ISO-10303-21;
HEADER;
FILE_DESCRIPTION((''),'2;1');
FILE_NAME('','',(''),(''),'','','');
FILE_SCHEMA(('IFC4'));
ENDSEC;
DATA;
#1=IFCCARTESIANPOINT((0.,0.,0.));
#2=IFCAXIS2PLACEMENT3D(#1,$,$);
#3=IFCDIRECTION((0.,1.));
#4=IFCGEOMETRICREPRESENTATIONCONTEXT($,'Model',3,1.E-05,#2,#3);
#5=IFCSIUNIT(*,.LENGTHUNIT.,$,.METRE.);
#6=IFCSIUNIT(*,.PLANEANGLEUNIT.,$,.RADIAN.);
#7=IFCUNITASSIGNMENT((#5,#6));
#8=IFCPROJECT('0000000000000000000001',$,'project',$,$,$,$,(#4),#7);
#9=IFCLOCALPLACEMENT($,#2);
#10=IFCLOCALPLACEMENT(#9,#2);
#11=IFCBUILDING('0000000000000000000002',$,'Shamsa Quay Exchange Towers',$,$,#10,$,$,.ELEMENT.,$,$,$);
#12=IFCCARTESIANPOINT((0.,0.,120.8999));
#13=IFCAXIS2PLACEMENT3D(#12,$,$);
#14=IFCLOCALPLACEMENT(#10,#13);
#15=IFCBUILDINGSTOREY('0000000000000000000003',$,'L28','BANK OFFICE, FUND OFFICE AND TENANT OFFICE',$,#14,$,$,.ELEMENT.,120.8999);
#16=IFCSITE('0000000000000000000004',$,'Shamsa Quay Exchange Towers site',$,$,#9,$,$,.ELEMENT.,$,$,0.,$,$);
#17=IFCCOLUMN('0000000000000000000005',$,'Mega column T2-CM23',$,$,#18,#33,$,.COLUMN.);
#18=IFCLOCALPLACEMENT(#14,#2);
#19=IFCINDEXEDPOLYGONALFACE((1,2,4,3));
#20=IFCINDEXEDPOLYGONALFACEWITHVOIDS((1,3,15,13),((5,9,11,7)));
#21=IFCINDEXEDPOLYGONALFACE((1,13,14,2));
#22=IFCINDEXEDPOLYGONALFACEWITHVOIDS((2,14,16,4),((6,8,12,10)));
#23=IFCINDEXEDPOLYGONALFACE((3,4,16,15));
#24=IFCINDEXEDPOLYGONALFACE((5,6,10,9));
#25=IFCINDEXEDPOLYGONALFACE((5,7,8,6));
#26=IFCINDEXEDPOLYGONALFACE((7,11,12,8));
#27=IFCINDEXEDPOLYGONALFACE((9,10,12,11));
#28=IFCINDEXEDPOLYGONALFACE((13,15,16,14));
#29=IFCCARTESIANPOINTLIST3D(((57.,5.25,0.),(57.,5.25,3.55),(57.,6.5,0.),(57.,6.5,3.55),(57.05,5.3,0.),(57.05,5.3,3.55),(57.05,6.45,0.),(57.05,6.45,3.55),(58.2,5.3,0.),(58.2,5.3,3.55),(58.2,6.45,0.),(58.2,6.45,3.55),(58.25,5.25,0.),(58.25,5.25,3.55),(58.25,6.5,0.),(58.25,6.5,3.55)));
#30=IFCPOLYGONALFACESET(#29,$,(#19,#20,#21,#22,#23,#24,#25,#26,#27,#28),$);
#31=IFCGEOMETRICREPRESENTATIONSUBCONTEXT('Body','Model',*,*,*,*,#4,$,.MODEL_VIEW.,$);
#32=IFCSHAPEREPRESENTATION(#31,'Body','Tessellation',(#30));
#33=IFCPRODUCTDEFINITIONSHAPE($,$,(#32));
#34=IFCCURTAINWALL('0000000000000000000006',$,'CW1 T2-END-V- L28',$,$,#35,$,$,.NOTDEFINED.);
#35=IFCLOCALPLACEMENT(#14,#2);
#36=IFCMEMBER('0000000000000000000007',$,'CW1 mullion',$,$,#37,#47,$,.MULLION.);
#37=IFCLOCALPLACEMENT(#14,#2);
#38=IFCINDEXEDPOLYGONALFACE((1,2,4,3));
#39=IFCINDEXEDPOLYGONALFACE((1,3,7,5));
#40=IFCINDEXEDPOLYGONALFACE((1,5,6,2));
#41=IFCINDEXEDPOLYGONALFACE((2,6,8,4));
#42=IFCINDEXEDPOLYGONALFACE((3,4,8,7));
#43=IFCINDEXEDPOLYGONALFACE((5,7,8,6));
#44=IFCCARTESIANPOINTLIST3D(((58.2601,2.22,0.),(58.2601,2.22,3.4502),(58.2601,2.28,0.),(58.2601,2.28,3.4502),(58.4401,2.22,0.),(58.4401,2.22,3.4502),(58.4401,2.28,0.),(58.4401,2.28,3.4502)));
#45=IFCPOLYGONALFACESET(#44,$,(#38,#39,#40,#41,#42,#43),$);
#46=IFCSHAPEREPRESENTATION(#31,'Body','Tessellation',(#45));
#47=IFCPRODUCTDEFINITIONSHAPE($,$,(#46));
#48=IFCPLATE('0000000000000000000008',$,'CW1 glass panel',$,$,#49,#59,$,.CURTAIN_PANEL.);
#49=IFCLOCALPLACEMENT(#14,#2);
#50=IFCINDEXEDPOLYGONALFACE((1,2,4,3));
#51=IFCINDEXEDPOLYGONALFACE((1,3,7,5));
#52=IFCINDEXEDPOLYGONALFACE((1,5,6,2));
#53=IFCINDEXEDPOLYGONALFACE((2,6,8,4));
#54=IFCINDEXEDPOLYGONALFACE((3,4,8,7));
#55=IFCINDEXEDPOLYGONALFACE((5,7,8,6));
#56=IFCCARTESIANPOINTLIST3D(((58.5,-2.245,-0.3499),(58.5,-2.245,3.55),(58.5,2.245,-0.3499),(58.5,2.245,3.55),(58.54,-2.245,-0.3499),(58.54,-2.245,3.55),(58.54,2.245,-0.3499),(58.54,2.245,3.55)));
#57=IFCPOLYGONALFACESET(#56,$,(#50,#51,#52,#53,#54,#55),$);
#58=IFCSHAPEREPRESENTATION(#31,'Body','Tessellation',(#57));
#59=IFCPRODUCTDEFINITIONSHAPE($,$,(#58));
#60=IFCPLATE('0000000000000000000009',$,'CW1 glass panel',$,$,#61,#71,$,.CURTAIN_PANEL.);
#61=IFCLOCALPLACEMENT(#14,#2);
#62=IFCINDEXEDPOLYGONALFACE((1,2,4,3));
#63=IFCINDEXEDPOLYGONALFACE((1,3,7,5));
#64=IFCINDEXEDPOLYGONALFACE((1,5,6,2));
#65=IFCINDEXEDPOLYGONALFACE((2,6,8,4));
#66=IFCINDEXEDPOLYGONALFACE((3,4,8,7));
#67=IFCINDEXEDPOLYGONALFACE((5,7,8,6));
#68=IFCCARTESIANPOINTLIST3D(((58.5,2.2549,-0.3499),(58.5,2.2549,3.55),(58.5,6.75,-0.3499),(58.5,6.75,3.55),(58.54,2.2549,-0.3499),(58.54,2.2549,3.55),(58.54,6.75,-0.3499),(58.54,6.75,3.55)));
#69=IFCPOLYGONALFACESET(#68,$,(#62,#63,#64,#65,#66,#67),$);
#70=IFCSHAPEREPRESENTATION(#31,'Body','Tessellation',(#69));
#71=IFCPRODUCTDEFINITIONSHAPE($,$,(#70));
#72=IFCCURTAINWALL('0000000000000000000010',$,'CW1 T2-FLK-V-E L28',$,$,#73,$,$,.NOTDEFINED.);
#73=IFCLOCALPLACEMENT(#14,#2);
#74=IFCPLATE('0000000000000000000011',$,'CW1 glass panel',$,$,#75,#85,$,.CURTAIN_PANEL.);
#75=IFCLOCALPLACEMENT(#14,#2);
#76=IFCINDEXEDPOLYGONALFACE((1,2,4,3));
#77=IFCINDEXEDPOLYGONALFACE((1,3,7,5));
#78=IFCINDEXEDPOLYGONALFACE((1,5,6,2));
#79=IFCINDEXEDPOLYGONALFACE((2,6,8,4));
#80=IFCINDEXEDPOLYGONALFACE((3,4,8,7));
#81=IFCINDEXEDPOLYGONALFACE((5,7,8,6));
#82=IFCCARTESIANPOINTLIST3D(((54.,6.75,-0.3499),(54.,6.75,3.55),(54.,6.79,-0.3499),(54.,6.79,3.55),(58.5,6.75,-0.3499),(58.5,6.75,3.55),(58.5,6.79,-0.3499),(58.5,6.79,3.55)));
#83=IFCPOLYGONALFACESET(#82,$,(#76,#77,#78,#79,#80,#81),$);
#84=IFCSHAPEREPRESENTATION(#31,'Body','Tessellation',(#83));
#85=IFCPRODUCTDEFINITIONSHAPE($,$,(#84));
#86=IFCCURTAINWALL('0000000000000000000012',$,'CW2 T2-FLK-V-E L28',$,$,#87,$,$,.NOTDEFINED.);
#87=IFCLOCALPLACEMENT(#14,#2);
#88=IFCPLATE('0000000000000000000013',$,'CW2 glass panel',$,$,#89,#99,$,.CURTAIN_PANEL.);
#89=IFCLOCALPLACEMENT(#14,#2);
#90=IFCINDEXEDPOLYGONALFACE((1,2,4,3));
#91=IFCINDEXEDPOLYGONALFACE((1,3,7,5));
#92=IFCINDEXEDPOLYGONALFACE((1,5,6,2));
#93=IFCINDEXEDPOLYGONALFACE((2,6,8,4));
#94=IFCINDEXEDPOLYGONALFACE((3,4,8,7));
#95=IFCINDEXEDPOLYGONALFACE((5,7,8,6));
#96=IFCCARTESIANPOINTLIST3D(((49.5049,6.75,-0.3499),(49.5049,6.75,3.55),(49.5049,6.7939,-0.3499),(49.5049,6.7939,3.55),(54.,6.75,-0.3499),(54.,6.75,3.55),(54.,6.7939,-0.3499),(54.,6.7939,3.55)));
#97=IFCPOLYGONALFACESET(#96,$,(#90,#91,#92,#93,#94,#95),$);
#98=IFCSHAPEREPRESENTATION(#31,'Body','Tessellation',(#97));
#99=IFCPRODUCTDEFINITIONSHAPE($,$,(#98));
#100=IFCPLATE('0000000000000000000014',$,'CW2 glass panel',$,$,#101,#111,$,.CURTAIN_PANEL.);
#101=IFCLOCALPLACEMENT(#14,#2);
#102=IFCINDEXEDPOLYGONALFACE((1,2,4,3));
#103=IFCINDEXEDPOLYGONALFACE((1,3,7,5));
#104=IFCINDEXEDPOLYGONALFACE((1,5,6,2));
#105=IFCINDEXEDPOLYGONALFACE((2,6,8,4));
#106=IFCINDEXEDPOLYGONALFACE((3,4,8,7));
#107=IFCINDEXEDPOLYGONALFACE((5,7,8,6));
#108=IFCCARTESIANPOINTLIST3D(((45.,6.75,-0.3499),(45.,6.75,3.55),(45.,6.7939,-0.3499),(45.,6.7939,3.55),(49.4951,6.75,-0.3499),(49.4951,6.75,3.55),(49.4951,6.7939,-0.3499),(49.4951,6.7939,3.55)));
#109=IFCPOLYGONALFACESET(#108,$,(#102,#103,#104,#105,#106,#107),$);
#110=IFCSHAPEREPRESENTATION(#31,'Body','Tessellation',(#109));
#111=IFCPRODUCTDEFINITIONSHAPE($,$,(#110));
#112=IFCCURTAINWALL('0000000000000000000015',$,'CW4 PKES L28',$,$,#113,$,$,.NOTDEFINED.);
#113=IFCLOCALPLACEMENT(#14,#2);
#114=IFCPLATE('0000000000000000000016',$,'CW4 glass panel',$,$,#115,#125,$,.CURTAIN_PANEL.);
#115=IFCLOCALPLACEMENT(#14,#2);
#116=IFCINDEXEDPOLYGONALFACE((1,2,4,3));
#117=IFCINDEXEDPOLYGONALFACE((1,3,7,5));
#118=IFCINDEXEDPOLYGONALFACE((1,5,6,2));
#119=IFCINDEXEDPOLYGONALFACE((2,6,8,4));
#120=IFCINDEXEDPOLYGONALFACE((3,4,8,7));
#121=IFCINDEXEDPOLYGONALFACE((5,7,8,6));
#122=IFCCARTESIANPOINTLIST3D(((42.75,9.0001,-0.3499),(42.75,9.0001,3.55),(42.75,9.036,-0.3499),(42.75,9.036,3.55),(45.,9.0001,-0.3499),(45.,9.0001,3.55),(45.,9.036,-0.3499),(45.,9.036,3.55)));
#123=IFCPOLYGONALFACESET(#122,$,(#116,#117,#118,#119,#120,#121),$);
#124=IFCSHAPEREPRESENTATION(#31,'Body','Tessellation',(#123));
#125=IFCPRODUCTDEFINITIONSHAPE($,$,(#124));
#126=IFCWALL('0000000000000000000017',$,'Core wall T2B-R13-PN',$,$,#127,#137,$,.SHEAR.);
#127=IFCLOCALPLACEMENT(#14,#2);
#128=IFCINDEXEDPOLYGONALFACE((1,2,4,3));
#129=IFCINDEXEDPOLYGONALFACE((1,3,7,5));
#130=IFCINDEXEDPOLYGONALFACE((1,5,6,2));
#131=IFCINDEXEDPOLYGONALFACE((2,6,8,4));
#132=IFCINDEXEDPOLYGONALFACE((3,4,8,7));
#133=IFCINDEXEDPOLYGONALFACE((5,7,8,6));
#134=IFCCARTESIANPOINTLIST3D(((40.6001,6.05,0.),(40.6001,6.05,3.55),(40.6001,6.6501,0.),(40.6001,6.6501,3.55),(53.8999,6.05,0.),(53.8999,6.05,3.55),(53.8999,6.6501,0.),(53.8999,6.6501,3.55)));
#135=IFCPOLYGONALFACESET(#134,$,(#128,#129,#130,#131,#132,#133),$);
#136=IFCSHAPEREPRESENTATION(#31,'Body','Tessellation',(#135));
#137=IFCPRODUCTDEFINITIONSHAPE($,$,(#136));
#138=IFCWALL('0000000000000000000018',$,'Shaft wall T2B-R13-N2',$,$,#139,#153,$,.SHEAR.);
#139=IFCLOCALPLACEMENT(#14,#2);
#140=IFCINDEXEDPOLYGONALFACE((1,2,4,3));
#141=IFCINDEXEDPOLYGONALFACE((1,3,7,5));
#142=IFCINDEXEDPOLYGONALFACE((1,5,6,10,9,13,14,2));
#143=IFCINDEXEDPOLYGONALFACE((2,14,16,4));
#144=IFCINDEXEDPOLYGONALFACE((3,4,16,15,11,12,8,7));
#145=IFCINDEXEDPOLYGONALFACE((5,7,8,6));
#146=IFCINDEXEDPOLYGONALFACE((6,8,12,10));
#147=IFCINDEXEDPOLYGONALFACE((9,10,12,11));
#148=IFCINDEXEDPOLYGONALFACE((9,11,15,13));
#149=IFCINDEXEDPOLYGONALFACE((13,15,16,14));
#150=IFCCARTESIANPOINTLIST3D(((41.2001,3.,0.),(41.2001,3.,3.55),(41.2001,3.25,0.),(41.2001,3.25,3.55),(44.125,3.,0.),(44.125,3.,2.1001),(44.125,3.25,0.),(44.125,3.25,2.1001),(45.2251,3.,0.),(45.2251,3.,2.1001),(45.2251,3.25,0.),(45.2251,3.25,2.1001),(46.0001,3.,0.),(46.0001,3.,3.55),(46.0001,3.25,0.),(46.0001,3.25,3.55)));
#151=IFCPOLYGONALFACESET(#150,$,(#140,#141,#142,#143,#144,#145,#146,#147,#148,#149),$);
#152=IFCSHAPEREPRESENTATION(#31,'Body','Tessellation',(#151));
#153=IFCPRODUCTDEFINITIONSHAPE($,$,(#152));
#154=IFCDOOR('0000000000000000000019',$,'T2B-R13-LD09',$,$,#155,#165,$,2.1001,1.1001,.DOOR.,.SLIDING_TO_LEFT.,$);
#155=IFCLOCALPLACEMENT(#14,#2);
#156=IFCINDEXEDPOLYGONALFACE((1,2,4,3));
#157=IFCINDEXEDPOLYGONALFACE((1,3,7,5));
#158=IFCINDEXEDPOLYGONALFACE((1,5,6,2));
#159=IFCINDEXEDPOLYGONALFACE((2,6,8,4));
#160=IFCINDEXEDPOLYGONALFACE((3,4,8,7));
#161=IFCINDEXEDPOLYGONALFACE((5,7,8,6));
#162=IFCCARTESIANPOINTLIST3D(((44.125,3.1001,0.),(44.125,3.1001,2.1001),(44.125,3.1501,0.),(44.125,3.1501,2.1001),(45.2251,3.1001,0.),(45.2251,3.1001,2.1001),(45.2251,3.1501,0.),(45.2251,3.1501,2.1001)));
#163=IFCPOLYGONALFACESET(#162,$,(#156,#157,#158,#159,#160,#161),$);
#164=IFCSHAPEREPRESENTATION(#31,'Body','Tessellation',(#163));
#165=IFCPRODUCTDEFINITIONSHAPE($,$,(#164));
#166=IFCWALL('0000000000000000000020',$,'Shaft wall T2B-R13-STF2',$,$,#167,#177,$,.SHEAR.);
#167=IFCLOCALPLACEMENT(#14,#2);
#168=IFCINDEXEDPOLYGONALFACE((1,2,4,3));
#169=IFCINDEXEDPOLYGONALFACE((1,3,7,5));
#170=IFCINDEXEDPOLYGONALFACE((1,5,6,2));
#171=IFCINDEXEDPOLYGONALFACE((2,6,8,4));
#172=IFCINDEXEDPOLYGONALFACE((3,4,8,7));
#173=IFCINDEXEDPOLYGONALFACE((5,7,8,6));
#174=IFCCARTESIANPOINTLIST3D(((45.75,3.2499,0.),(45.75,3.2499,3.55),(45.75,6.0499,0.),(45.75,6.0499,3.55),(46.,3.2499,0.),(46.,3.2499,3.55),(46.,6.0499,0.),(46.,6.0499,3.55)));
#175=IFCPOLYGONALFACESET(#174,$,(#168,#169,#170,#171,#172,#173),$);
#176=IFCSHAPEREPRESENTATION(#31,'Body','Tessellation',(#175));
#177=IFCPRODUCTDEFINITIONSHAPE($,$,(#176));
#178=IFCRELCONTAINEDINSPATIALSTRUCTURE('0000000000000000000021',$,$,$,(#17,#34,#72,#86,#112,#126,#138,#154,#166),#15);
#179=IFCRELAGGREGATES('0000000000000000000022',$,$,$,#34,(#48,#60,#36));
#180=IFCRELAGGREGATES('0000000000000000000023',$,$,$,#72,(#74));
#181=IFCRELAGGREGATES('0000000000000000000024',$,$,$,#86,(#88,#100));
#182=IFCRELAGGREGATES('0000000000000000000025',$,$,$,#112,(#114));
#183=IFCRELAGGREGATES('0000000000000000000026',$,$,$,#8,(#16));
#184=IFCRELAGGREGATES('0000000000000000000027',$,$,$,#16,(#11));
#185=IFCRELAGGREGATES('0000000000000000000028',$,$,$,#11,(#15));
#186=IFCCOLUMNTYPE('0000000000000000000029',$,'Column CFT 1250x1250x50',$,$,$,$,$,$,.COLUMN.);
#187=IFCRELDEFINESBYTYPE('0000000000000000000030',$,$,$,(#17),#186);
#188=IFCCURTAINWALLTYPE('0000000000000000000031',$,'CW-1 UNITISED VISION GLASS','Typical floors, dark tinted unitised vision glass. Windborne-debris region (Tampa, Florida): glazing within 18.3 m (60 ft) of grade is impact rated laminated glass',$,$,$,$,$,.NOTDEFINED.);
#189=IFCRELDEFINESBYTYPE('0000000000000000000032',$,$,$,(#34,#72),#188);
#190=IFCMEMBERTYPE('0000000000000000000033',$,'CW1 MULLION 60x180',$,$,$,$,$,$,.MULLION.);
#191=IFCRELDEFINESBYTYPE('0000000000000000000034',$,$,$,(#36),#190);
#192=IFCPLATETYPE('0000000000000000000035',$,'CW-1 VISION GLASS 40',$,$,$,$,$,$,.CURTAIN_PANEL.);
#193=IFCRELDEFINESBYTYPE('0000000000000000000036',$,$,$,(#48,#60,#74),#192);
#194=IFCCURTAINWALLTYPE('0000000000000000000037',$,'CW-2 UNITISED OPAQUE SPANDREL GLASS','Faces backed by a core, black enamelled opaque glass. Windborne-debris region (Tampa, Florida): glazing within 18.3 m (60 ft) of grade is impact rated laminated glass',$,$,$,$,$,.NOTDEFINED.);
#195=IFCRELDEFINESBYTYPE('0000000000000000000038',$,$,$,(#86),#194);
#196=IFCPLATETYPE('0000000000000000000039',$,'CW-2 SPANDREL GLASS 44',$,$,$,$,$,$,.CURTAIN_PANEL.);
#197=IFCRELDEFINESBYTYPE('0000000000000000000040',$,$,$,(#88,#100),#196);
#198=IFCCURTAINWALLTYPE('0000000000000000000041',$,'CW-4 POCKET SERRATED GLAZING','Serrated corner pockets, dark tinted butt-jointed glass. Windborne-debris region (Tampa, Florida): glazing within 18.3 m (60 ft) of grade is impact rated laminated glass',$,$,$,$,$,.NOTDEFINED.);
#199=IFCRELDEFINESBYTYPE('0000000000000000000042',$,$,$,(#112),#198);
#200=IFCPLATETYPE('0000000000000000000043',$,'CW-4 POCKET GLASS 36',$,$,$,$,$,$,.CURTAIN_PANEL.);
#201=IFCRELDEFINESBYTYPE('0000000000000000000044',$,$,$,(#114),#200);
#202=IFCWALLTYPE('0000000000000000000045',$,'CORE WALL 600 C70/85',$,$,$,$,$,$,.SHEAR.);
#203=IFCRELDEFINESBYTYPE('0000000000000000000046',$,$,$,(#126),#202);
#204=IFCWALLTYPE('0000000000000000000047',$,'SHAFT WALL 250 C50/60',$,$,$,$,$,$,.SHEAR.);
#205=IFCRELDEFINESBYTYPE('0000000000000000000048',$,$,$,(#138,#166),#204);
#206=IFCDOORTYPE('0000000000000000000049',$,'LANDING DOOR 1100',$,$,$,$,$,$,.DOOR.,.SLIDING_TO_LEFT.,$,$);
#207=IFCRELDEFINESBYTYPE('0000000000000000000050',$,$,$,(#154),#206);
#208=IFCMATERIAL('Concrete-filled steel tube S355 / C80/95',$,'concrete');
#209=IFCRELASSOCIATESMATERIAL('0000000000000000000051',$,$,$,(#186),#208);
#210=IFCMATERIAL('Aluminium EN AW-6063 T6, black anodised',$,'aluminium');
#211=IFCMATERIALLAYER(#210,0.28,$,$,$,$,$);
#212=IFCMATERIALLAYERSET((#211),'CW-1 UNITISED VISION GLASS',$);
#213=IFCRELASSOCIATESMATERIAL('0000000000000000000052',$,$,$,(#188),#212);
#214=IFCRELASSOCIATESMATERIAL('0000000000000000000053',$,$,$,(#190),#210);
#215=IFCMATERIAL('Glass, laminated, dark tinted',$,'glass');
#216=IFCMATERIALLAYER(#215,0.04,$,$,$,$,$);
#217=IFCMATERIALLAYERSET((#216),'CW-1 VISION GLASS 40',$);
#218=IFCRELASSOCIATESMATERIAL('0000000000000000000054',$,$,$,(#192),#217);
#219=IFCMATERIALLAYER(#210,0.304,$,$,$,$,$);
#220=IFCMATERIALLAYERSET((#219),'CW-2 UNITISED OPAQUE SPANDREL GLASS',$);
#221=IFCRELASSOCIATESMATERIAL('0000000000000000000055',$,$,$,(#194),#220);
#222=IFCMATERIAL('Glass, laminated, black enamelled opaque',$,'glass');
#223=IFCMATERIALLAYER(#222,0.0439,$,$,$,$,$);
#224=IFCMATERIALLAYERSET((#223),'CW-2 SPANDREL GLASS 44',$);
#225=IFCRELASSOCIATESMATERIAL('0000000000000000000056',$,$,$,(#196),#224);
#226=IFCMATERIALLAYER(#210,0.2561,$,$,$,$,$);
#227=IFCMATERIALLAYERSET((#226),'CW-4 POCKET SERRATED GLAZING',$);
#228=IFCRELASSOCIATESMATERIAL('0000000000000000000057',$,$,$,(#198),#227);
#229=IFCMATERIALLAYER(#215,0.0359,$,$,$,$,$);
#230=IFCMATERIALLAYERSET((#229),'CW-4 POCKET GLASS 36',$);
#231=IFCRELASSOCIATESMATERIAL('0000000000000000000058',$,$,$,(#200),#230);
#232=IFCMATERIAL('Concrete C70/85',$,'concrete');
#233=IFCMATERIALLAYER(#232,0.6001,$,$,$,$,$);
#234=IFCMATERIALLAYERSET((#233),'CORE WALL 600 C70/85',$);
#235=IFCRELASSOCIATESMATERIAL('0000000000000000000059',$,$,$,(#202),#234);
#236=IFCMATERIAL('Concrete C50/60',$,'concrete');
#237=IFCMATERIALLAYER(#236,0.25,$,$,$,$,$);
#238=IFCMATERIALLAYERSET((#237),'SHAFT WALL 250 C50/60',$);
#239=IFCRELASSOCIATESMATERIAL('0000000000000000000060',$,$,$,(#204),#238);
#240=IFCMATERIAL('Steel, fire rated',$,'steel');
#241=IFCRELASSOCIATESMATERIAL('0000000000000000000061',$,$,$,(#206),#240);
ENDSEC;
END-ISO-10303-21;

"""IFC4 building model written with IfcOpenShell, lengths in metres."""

from ifc_helpers import new_model, si_unit, direction, frame, frame_2d, origin, origin_2d, place, context, subcontext, project, spatial, rectangle, hollow_rectangle, extrude, material, layer, layer_set, material_profile, profile_set, type_object, element, fill, aggregate, save


model = new_model("IFC4")

# Units and contexts
model_context = context("Model", 3, precision=1e-05, world=origin(), true_north=direction((0.0, 1.0)))
body_context = subcontext(model_context, "Body", "Model", "MODEL_VIEW")
ifc_project = project(units=[si_unit("LENGTHUNIT", "METRE"), si_unit("PLANEANGLEUNIT", "RADIAN")], contexts=[model_context])

# Site, building, storey
site_placement = place(None, origin())
site = spatial("IfcSite", under=ifc_project, at=site_placement, Name="Shamsa Quay Exchange Towers site", CompositionType="ELEMENT", RefElevation=0.0)
building_placement = place(site_placement, origin())
building = spatial("IfcBuilding", under=site, at=building_placement, Name="Shamsa Quay Exchange Towers", CompositionType="ELEMENT")
storey_placement = place(building_placement, frame((0.0, 0.0, 120.8999)))
storey = spatial("IfcBuildingStorey", under=building, at=storey_placement, Name="L28", Description="BANK OFFICE, FUND OFFICE AND TENANT OFFICE", CompositionType="ELEMENT", Elevation=120.8999)

# Column
ifc_material_1 = material(Name="Concrete-filled steel tube S355 / C80/95", Category="concrete")
ifc_material_profile_1 = material_profile(ifc_material_1, hollow_rectangle(XDim=1.25, YDim=1.25, WallThickness=0.05, at=origin_2d()), Name="CFT 1250x1250x50")
ifc_profile_set_1 = profile_set([ifc_material_profile_1], Name="Concrete-filled steel tube S355 / C80/95")
column_type = type_object("IfcColumnType", Name="Column CFT 1250x1250x50", PredefinedType="COLUMN", material=ifc_profile_set_1)
column_placement = place(storey_placement, frame((57.625, 5.875, 0.0)))
element("IfcColumn", 1, at=column_placement, inside=storey, type_object=column_type, Name="Mega column T2-CM23", PredefinedType="COLUMN", context=body_context, shape_type="SweptSolid", body=[
    extrude(hollow_rectangle(XDim=1.25, YDim=1.25, WallThickness=0.05, at=origin_2d()), origin(), (0.0, 0.0, 1.0), 3.55),
])

# Curtain wall, member, plates
ifc_material_2 = material(Name="Aluminium EN AW-6063 T6, black anodised", Category="aluminium")
ifc_layer_1 = layer(ifc_material_2, 0.28)
ifc_layer_set_1 = layer_set([ifc_layer_1], Name="CW-1 UNITISED VISION GLASS")
curtain_wall_type_1 = type_object("IfcCurtainWallType", Name="CW-1 UNITISED VISION GLASS", Description="Typical floors, dark tinted unitised vision glass. Windborne-debris region (Tampa, Florida): glazing within 18.3 m (60 ft) of grade is impact rated laminated glass", PredefinedType="NOTDEFINED", material=ifc_layer_set_1)
curtain_wall_1_placement = place(storey_placement, origin())
curtain_wall_1 = element("IfcCurtainWall", 2, at=curtain_wall_1_placement, inside=storey, type_object=curtain_wall_type_1, Name="CW1 T2-END-V- L28", PredefinedType="NOTDEFINED")
ifc_material_profile_2 = material_profile(ifc_material_2, rectangle(XDim=0.1799, YDim=0.0601, at=origin_2d()), Name="MU60x180")
ifc_profile_set_2 = profile_set([ifc_material_profile_2], Name="Aluminium EN AW-6063 T6, black anodised")
member_type = type_object("IfcMemberType", Name="CW1 MULLION 60x180", PredefinedType="MULLION", material=ifc_profile_set_2)
member_placement = place(storey_placement, frame((58.3501, 2.25, 0.0), z_axis=(0.0, 0.0, 1.0), x_axis=(-1.0, 0.0, 0.0)))
member = element("IfcMember", 3, at=member_placement, type_object=member_type, Name="CW1 mullion", PredefinedType="MULLION", context=body_context, shape_type="SweptSolid", body=[
    extrude(rectangle(XDim=0.1799, YDim=0.0601, at=origin_2d()), origin(), (0.0, 0.0, 1.0), 3.4502),
])
ifc_material_3 = material(Name="Glass, laminated, dark tinted", Category="glass")
ifc_layer_2 = layer(ifc_material_3, 0.04)
ifc_layer_set_2 = layer_set([ifc_layer_2], Name="CW-1 VISION GLASS 40")
plate_type_1 = type_object("IfcPlateType", Name="CW-1 VISION GLASS 40", PredefinedType="CURTAIN_PANEL", material=ifc_layer_set_2)
plate_1_placement = place(storey_placement, frame((58.52, 0.0, -0.3499), z_axis=(0.0, 0.0, 1.0), x_axis=(0.0, 1.0, 0.0)))
plate_1 = element("IfcPlate", 4, at=plate_1_placement, type_object=plate_type_1, Name="CW1 glass panel", PredefinedType="CURTAIN_PANEL", context=body_context, shape_type="SweptSolid", body=[
    extrude(rectangle(XDim=4.49, YDim=0.04, at=origin_2d()), origin(), (0.0, 0.0, 1.0), 3.8999),
])
plate_2_placement = place(storey_placement, frame((58.52, 4.5024, -0.3499), z_axis=(0.0, 0.0, 1.0), x_axis=(0.0, 1.0, 0.0)))
plate_2 = element("IfcPlate", 5, at=plate_2_placement, type_object=plate_type_1, Name="CW1 glass panel", PredefinedType="CURTAIN_PANEL", context=body_context, shape_type="SweptSolid", body=[
    extrude(rectangle(XDim=4.4951, YDim=0.04, at=origin_2d()), origin(), (0.0, 0.0, 1.0), 3.8999),
])
aggregate(curtain_wall_1, [plate_1, plate_2, member])

# Curtain wall, plate
curtain_wall_2_placement = place(storey_placement, origin())
curtain_wall_2 = element("IfcCurtainWall", 6, at=curtain_wall_2_placement, inside=storey, type_object=curtain_wall_type_1, Name="CW1 T2-FLK-V-E L28", PredefinedType="NOTDEFINED")
plate_3_placement = place(storey_placement, frame((56.25, 6.77, -0.3499), z_axis=(0.0, 0.0, 1.0), x_axis=(-1.0, 0.0, 0.0)))
plate_3 = element("IfcPlate", 7, at=plate_3_placement, type_object=plate_type_1, Name="CW1 glass panel", PredefinedType="CURTAIN_PANEL", context=body_context, shape_type="SweptSolid", body=[
    extrude(rectangle(XDim=4.5, YDim=0.04, at=origin_2d()), origin(), (0.0, 0.0, 1.0), 3.8999),
])
aggregate(curtain_wall_2, [plate_3])

# Curtain wall, plates
ifc_layer_3 = layer(ifc_material_2, 0.304)
ifc_layer_set_3 = layer_set([ifc_layer_3], Name="CW-2 UNITISED OPAQUE SPANDREL GLASS")
curtain_wall_type_2 = type_object("IfcCurtainWallType", Name="CW-2 UNITISED OPAQUE SPANDREL GLASS", Description="Faces backed by a core, black enamelled opaque glass. Windborne-debris region (Tampa, Florida): glazing within 18.3 m (60 ft) of grade is impact rated laminated glass", PredefinedType="NOTDEFINED", material=ifc_layer_set_3)
curtain_wall_3_placement = place(storey_placement, origin())
curtain_wall_3 = element("IfcCurtainWall", 8, at=curtain_wall_3_placement, inside=storey, type_object=curtain_wall_type_2, Name="CW2 T2-FLK-V-E L28", PredefinedType="NOTDEFINED")
ifc_material_4 = material(Name="Glass, laminated, black enamelled opaque", Category="glass")
ifc_layer_4 = layer(ifc_material_4, 0.0439)
ifc_layer_set_4 = layer_set([ifc_layer_4], Name="CW-2 SPANDREL GLASS 44")
plate_type_2 = type_object("IfcPlateType", Name="CW-2 SPANDREL GLASS 44", PredefinedType="CURTAIN_PANEL", material=ifc_layer_set_4)
plate_4_placement = place(storey_placement, frame((51.7524, 6.772, -0.3499), z_axis=(0.0, 0.0, 1.0), x_axis=(-1.0, 0.0, 0.0)))
plate_4 = element("IfcPlate", 9, at=plate_4_placement, type_object=plate_type_2, Name="CW2 glass panel", PredefinedType="CURTAIN_PANEL", context=body_context, shape_type="SweptSolid", body=[
    extrude(rectangle(XDim=4.4951, YDim=0.0439, at=origin_2d()), origin(), (0.0, 0.0, 1.0), 3.8999),
])
plate_5_placement = place(storey_placement, frame((47.2476, 6.772, -0.3499), z_axis=(0.0, 0.0, 1.0), x_axis=(-1.0, 0.0, 0.0)))
plate_5 = element("IfcPlate", 10, at=plate_5_placement, type_object=plate_type_2, Name="CW2 glass panel", PredefinedType="CURTAIN_PANEL", context=body_context, shape_type="SweptSolid", body=[
    extrude(rectangle(XDim=4.4951, YDim=0.0439, at=origin_2d()), origin(), (0.0, 0.0, 1.0), 3.8999),
])
aggregate(curtain_wall_3, [plate_4, plate_5])

# Curtain wall, plate
ifc_layer_5 = layer(ifc_material_2, 0.2561)
ifc_layer_set_5 = layer_set([ifc_layer_5], Name="CW-4 POCKET SERRATED GLAZING")
curtain_wall_type_3 = type_object("IfcCurtainWallType", Name="CW-4 POCKET SERRATED GLAZING", Description="Serrated corner pockets, dark tinted butt-jointed glass. Windborne-debris region (Tampa, Florida): glazing within 18.3 m (60 ft) of grade is impact rated laminated glass", PredefinedType="NOTDEFINED", material=ifc_layer_set_5)
curtain_wall_4_placement = place(storey_placement, origin())
curtain_wall_4 = element("IfcCurtainWall", 11, at=curtain_wall_4_placement, inside=storey, type_object=curtain_wall_type_3, Name="CW4 PKES L28", PredefinedType="NOTDEFINED")
ifc_layer_6 = layer(ifc_material_3, 0.0359)
ifc_layer_set_6 = layer_set([ifc_layer_6], Name="CW-4 POCKET GLASS 36")
plate_type_3 = type_object("IfcPlateType", Name="CW-4 POCKET GLASS 36", PredefinedType="CURTAIN_PANEL", material=ifc_layer_set_6)
plate_6_placement = place(storey_placement, frame((43.875, 9.0181, -0.3499), z_axis=(0.0, 0.0, 1.0), x_axis=(-1.0, 0.0, 0.0)))
plate_6 = element("IfcPlate", 12, at=plate_6_placement, type_object=plate_type_3, Name="CW4 glass panel", PredefinedType="CURTAIN_PANEL", context=body_context, shape_type="SweptSolid", body=[
    extrude(rectangle(XDim=2.25, YDim=0.0359, at=origin_2d()), origin(), (0.0, 0.0, 1.0), 3.8999),
])
aggregate(curtain_wall_4, [plate_6])

# Wall
ifc_material_5 = material(Name="Concrete C70/85", Category="concrete")
ifc_layer_7 = layer(ifc_material_5, 0.6001)
ifc_layer_set_7 = layer_set([ifc_layer_7], Name="CORE WALL 600 C70/85")
wall_type_1 = type_object("IfcWallType", Name="CORE WALL 600 C70/85", PredefinedType="SHEAR", material=ifc_layer_set_7)
wall_1_placement = place(storey_placement, frame((53.8999, 6.3501, 0.0), z_axis=(0.0, 0.0, 1.0), x_axis=(-1.0, 0.0, 0.0)))
element("IfcWall", 13, at=wall_1_placement, inside=storey, type_object=wall_type_1, Name="Core wall T2B-R13-PN", PredefinedType="SHEAR", context=body_context, shape_type="SweptSolid", body=[
    extrude(rectangle(XDim=13.2998, YDim=0.6001, at=frame_2d((6.6499, 0.0))), origin(), (0.0, 0.0, 1.0), 3.55),
])

# Wall, opening, door
ifc_material_6 = material(Name="Concrete C50/60", Category="concrete")
ifc_layer_8 = layer(ifc_material_6, 0.25)
ifc_layer_set_8 = layer_set([ifc_layer_8], Name="SHAFT WALL 250 C50/60")
wall_type_2 = type_object("IfcWallType", Name="SHAFT WALL 250 C50/60", PredefinedType="SHEAR", material=ifc_layer_set_8)
wall_2_placement = place(storey_placement, frame((46.0, 3.125, 0.0), z_axis=(0.0, 0.0, 1.0), x_axis=(-1.0, 0.0, 0.0)))
wall_2 = element("IfcWall", 14, at=wall_2_placement, inside=storey, type_object=wall_type_2, Name="Shaft wall T2B-R13-N2", PredefinedType="SHEAR", context=body_context, shape_type="SweptSolid", body=[
    extrude(rectangle(XDim=4.8, YDim=0.25, at=frame_2d((2.3999, 0.0))), origin(), (0.0, 0.0, 1.0), 3.55),
])
opening_1_placement = place(wall_2_placement, frame((0.7749, 0.0, 0.0)))
opening_1 = element("IfcOpeningElement", 15, at=opening_1_placement, cuts=wall_2, PredefinedType="OPENING", context=body_context, shape_type="SweptSolid", body=[
    extrude(rectangle(XDim=1.1001, YDim=2.1001, at=frame_2d((0.55, 1.05))), frame((0.0, 0.135, 0.0), z_axis=(0.0, -1.0, 0.0), x_axis=(1.0, 0.0, 0.0)), (0.0, 0.0, 1.0), 0.27),
])
ifc_material_7 = material(Name="Steel, fire rated", Category="steel")
door_type_1 = type_object("IfcDoorType", Name="LANDING DOOR 1100", OperationType="SLIDING_TO_LEFT", PredefinedType="DOOR", material=ifc_material_7)
door_1_placement = place(opening_1_placement, origin())
door_1 = element("IfcDoor", 16, at=door_1_placement, inside=storey, type_object=door_type_1, Name="T2B-R13-LD09", OperationType="SLIDING_TO_LEFT", OverallHeight=2.1001, OverallWidth=1.1001, PredefinedType="DOOR", context=body_context, shape_type="SweptSolid", body=[
    extrude(rectangle(XDim=1.1001, YDim=2.1001, at=frame_2d((0.55, 1.05))), frame((0.0, 0.0249, 0.0), z_axis=(0.0, -1.0, 0.0), x_axis=(1.0, 0.0, 0.0)), (0.0, 0.0, 1.0), 0.05),
])
fill(opening_1, door_1)

# Wall
wall_3_placement = place(storey_placement, frame((45.875, 3.25, 0.0), z_axis=(0.0, 0.0, 1.0), x_axis=(0.0, 1.0, 0.0)))
element("IfcWall", 17, at=wall_3_placement, inside=storey, type_object=wall_type_2, Name="Shaft wall T2B-R13-STF2", PredefinedType="SHEAR", context=body_context, shape_type="SweptSolid", body=[
    extrude(rectangle(XDim=2.8, YDim=0.25, at=frame_2d((1.3999, 0.0))), origin(), (0.0, 0.0, 1.0), 3.55),
])

save(model, "model.ifc")
